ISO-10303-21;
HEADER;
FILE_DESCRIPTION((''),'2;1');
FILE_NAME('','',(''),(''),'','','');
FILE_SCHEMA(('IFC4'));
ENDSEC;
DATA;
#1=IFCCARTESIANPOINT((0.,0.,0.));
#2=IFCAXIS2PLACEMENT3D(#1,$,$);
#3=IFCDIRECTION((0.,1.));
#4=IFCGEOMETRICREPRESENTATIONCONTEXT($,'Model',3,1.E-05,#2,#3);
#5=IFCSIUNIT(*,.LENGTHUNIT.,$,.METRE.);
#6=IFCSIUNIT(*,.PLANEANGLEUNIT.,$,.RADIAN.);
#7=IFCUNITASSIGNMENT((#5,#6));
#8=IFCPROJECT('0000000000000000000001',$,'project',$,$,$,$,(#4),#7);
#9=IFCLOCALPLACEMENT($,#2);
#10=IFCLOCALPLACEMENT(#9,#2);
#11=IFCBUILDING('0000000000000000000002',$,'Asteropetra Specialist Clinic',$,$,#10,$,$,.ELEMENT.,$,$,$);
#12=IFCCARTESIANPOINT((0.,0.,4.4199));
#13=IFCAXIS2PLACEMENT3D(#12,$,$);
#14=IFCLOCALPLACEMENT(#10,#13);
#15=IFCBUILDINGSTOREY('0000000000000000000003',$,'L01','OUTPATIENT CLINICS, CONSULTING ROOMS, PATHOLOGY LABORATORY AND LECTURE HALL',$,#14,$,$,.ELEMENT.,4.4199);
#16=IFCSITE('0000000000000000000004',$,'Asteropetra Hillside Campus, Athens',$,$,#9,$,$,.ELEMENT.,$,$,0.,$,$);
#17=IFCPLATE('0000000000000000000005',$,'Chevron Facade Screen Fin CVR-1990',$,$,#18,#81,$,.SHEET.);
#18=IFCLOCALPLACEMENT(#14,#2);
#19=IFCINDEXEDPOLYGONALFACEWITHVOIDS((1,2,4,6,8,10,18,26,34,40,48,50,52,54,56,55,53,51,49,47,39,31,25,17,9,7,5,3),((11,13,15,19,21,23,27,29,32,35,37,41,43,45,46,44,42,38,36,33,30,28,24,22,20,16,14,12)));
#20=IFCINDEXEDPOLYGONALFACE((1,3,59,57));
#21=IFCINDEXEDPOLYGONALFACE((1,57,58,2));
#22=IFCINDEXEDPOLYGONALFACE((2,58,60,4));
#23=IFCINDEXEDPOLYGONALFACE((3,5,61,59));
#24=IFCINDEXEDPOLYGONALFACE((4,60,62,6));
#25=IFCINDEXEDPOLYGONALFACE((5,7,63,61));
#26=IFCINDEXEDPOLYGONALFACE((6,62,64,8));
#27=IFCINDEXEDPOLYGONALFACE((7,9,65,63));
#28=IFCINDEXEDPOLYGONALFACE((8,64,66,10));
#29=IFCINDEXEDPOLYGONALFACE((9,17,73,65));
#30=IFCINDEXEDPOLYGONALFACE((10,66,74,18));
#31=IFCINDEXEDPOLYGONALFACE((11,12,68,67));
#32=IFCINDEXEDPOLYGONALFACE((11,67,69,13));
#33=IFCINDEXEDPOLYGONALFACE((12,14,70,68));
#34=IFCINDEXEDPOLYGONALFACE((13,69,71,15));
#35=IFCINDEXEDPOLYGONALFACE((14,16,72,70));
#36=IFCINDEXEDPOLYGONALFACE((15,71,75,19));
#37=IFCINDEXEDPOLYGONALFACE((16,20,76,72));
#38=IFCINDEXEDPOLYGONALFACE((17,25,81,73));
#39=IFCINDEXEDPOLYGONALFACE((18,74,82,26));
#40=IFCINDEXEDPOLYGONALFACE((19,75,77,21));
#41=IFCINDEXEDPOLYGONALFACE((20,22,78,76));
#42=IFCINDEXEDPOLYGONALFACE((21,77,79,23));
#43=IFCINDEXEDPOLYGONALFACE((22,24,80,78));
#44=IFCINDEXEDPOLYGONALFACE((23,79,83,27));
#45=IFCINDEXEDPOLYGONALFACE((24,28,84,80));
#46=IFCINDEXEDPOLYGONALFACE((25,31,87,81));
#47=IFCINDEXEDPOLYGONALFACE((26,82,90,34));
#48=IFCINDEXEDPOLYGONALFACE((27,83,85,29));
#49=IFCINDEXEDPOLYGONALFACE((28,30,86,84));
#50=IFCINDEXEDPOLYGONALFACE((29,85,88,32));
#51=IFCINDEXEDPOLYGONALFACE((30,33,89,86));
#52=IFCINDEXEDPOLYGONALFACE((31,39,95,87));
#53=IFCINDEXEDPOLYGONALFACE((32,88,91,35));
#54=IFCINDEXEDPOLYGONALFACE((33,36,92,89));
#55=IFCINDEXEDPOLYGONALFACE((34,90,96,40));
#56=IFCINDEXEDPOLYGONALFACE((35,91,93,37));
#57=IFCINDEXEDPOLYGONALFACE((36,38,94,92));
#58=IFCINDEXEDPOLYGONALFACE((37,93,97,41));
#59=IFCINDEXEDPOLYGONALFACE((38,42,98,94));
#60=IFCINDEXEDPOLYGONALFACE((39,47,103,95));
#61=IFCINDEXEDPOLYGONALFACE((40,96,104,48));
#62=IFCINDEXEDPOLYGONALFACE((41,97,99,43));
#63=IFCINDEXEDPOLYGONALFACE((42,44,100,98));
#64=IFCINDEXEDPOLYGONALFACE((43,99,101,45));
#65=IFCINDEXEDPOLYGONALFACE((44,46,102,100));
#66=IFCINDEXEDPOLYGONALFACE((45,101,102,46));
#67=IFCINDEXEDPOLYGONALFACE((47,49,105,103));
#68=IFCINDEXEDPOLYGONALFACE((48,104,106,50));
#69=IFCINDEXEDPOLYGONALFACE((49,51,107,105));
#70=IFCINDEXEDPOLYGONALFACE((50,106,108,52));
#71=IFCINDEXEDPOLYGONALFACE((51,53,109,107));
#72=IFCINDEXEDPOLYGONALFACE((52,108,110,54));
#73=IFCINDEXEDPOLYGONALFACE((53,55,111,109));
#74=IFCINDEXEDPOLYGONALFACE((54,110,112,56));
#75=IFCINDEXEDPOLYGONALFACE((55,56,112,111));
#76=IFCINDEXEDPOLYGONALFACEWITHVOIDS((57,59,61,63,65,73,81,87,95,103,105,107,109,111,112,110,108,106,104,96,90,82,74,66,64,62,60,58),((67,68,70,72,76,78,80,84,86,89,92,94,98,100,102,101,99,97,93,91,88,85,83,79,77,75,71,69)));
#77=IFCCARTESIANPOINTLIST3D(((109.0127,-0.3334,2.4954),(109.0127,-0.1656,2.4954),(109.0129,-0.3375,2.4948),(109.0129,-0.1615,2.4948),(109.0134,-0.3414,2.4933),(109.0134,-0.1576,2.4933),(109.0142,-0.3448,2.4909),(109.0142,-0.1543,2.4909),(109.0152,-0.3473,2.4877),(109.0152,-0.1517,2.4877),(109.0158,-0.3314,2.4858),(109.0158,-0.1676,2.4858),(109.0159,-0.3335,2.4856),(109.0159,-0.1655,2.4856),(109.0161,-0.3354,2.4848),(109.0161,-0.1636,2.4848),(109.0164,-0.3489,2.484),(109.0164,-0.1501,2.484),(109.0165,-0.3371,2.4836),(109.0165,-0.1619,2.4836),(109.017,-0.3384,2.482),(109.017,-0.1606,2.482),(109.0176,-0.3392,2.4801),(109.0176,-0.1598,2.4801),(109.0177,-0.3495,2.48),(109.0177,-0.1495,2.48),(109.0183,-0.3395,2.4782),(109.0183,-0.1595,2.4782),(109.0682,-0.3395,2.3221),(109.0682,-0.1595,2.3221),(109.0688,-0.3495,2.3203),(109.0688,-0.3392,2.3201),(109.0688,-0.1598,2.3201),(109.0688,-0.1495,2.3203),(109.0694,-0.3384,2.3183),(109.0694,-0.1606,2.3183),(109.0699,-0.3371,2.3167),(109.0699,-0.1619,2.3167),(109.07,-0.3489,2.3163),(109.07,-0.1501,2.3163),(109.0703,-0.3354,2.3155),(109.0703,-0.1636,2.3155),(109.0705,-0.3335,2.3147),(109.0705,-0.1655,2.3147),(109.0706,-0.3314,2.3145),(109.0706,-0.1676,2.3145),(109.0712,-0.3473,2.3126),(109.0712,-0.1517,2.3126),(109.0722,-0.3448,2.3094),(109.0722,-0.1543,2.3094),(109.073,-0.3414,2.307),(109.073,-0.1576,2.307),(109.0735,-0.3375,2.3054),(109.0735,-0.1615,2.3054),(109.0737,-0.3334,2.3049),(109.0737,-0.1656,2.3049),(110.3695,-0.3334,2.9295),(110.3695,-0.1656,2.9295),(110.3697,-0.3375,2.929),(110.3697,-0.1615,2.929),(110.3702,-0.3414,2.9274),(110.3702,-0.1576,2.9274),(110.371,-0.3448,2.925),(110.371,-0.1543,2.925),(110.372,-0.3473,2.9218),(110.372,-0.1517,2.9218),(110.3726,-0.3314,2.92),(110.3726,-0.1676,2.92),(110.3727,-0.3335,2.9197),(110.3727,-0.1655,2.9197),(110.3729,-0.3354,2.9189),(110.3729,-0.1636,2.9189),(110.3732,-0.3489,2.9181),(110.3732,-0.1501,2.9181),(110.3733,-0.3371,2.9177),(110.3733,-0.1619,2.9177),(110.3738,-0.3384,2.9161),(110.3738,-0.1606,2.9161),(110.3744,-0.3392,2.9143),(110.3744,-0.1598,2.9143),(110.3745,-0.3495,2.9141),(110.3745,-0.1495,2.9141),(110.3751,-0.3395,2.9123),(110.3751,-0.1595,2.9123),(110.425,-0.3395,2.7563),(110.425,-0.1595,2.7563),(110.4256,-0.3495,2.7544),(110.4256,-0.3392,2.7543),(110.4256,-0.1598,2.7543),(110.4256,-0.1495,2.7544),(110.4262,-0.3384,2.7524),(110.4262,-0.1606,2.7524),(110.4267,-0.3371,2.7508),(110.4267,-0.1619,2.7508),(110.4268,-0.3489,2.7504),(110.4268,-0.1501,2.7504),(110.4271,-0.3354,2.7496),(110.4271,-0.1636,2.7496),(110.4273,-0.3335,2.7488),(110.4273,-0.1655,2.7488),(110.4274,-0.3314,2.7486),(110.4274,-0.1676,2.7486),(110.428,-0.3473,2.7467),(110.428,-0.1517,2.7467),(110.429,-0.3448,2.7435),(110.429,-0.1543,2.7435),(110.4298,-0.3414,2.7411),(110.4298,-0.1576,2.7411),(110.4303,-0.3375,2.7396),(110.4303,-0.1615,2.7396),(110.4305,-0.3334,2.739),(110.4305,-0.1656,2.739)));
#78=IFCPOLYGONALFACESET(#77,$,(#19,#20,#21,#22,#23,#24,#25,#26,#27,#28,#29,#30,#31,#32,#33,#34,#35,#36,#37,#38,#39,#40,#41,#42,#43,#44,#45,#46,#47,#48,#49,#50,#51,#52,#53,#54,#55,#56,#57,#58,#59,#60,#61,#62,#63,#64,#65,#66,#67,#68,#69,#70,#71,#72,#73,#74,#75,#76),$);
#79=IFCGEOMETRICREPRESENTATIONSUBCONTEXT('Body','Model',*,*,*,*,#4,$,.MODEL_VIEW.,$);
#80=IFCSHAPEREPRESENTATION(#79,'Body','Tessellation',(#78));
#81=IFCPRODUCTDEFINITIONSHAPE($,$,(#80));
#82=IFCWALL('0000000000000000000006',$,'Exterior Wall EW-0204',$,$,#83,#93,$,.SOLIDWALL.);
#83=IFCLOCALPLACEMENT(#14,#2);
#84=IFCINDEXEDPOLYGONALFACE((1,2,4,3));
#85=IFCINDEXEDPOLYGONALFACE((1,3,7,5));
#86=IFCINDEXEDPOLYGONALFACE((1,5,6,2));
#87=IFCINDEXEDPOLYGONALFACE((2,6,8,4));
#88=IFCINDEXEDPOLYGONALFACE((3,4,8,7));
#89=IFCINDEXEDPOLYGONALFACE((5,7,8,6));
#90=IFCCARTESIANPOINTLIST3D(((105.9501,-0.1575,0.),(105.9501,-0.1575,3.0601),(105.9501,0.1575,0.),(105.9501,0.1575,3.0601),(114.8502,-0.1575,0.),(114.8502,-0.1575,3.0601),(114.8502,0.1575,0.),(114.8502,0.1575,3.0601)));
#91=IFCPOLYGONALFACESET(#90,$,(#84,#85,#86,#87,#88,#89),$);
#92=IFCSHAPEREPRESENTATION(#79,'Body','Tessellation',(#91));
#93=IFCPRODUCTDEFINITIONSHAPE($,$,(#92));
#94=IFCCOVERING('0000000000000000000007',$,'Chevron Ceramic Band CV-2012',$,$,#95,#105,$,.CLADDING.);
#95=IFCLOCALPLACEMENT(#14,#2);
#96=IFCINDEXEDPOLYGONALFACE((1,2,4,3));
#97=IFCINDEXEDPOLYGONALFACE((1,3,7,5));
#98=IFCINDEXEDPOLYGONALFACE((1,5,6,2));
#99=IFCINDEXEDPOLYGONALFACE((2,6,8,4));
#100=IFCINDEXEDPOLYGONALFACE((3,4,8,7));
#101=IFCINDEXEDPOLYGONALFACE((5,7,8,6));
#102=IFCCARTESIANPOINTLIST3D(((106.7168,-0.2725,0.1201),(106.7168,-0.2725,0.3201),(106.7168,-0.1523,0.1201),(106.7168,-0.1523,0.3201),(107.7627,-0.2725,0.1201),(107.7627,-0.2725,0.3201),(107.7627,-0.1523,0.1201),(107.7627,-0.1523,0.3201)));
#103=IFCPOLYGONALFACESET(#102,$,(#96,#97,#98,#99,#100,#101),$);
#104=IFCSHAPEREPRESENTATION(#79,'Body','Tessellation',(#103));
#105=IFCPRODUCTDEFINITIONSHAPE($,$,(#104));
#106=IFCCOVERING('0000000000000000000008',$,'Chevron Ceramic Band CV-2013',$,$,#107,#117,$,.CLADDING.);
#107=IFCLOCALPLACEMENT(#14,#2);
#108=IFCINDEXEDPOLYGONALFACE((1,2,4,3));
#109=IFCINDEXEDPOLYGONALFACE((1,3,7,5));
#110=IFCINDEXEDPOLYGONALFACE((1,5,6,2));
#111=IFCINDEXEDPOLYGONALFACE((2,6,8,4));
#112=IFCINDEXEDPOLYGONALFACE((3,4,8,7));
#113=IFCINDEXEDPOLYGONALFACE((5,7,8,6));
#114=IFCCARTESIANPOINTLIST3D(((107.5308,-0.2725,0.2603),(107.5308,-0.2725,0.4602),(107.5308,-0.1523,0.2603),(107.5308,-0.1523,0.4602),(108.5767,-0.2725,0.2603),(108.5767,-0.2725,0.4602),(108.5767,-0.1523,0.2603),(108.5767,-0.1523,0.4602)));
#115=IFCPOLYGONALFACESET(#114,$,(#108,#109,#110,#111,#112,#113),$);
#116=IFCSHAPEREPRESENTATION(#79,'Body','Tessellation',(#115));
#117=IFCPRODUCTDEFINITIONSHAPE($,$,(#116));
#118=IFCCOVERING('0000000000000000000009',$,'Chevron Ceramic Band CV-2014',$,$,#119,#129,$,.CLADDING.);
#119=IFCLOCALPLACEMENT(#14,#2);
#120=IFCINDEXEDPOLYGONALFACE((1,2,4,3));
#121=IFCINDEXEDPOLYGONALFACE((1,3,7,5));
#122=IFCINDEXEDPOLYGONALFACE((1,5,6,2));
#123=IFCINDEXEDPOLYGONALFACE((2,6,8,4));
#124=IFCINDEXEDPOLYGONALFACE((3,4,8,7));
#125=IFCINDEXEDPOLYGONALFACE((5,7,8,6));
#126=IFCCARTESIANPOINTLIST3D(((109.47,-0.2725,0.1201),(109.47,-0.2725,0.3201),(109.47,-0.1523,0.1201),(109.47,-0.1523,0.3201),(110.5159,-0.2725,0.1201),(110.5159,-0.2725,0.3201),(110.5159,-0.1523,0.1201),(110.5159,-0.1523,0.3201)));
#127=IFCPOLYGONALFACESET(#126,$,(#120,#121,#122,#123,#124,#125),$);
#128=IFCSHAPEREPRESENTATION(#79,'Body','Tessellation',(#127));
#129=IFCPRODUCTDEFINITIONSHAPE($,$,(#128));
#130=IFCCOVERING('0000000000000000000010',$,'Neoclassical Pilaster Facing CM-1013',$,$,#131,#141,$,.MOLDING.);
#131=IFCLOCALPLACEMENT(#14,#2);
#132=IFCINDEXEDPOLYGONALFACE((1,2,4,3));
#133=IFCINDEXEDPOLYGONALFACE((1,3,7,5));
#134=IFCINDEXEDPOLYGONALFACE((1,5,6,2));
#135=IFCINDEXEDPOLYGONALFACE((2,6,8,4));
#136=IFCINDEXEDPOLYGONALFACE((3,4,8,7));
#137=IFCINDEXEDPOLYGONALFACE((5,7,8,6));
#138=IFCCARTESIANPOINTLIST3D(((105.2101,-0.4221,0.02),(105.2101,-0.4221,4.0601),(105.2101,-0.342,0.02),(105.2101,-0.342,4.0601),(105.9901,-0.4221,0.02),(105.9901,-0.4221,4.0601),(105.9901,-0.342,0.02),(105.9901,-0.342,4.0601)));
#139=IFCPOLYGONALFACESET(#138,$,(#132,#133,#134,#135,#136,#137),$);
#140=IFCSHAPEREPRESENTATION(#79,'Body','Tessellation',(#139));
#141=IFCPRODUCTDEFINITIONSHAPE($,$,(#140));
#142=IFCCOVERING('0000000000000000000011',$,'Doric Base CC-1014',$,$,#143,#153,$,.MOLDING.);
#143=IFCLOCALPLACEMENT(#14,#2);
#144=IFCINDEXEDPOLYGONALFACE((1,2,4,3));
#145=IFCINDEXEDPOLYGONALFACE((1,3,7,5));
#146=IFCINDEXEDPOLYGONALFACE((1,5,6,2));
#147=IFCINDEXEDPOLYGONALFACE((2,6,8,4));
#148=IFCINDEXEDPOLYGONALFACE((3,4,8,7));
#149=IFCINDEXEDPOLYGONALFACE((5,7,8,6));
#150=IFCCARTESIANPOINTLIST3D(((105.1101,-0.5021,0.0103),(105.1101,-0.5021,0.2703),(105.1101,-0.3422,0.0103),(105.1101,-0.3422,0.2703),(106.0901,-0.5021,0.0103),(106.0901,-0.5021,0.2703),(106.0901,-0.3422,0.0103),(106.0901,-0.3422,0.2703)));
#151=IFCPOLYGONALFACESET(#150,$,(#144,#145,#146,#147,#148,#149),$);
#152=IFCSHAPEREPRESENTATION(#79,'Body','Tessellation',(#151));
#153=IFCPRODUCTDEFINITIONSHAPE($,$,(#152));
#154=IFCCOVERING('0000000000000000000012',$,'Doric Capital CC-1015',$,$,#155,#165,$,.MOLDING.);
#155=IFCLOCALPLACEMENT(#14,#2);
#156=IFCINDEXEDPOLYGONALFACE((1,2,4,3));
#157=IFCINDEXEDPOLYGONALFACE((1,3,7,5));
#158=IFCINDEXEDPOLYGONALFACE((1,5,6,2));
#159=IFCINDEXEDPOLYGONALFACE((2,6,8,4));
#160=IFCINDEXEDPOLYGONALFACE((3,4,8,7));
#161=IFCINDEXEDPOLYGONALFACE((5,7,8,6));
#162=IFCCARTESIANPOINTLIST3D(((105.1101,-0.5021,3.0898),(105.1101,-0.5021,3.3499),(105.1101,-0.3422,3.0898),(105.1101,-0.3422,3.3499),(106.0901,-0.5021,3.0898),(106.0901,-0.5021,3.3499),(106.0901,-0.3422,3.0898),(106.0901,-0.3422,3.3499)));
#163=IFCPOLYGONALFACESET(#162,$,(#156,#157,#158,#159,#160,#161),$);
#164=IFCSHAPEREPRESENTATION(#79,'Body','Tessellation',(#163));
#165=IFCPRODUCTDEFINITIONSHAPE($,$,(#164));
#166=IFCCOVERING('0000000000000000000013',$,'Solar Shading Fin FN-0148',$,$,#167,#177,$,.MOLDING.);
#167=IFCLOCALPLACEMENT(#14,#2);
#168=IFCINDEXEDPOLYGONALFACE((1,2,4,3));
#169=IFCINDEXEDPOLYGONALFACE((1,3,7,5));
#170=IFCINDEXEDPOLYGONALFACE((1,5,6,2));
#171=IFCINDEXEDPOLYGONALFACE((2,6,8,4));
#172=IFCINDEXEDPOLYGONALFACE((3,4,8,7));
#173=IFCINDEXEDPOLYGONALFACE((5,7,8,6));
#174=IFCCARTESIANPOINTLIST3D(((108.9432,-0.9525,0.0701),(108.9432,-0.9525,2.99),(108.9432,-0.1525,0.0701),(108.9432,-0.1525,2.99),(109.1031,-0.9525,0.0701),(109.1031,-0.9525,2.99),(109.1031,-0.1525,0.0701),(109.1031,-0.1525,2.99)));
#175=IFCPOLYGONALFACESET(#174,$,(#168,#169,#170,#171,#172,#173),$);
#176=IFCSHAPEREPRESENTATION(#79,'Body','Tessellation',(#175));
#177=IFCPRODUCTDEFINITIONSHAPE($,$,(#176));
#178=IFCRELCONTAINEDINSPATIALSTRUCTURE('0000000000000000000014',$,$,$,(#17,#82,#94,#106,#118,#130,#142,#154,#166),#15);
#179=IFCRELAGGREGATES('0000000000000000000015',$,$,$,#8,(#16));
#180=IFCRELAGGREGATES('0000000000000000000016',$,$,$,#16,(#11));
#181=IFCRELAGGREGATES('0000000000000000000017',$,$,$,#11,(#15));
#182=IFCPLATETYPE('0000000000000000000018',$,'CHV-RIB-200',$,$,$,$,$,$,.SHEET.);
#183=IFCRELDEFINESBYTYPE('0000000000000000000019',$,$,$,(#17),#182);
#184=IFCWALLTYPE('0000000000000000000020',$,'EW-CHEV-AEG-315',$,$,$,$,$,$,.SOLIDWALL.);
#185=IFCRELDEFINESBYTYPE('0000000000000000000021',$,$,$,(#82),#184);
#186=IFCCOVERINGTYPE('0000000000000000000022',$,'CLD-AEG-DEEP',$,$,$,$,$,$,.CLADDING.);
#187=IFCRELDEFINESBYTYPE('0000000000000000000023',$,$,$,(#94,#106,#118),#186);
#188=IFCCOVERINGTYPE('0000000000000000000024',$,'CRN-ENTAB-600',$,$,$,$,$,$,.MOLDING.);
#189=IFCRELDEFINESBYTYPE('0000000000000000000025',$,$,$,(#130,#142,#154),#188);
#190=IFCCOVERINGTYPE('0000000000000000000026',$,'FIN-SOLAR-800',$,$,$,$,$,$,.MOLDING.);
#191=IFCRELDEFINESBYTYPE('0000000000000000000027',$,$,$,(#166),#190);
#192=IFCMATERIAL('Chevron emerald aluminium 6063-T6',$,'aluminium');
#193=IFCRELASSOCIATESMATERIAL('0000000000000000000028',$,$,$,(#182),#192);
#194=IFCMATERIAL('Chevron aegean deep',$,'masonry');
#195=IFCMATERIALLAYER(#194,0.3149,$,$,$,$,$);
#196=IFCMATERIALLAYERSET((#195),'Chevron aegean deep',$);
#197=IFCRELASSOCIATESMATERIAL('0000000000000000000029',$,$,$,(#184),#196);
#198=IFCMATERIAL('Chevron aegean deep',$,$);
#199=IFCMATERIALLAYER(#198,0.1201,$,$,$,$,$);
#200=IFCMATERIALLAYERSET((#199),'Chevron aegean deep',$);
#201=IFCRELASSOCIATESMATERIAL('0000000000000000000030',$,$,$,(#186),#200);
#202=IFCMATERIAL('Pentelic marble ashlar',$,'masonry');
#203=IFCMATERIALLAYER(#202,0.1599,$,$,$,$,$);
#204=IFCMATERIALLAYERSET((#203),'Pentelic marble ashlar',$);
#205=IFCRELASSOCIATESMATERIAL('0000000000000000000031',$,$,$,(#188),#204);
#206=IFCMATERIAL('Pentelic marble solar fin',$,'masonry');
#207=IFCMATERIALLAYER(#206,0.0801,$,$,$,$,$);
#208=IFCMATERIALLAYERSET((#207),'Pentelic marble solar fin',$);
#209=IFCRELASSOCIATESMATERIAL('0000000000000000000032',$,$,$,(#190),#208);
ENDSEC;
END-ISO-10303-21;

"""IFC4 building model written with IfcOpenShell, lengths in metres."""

from ifc_helpers import new_model, si_unit, direction, frame, frame_2d, origin, origin_2d, place, context, subcontext, project, spatial, rectangle, hollow_rectangle, extrude, material, layer, layer_set, material_profile, profile_set, type_object, element, save


model = new_model("IFC4")

# Units and contexts
model_context = context("Model", 3, precision=1e-05, world=origin(), true_north=direction((0.0, 1.0)))
body_context = subcontext(model_context, "Body", "Model", "MODEL_VIEW")
ifc_project = project(units=[si_unit("LENGTHUNIT", "METRE"), si_unit("PLANEANGLEUNIT", "RADIAN")], contexts=[model_context])

# Site, building, storey
site_placement = place(None, origin())
site = spatial("IfcSite", under=ifc_project, at=site_placement, Name="Asteropetra Hillside Campus, Athens", CompositionType="ELEMENT", RefElevation=0.0)
building_placement = place(site_placement, origin())
building = spatial("IfcBuilding", under=site, at=building_placement, Name="Asteropetra Specialist Clinic", CompositionType="ELEMENT")
storey_placement = place(building_placement, frame((0.0, 0.0, 4.4199)))
storey = spatial("IfcBuildingStorey", under=building, at=storey_placement, Name="L01", Description="OUTPATIENT CLINICS, CONSULTING ROOMS, PATHOLOGY LABORATORY AND LECTURE HALL", CompositionType="ELEMENT", Elevation=4.4199)

# Plate
ifc_material_1 = material(Name="Chevron emerald aluminium 6063-T6", Category="aluminium")
ifc_material_profile_1 = material_profile(ifc_material_1, hollow_rectangle(XDim=0.2, YDim=0.2, WallThickness=0.01, InnerFilletRadius=0.0081, OuterFilletRadius=0.0161, at=origin_2d()), Name="SHS 200x200x10.0")
ifc_profile_set_1 = profile_set([ifc_material_profile_1], Name="Chevron emerald aluminium 6063-T6")
plate_type = type_object("IfcPlateType", Name="CHV-RIB-200", PredefinedType="SHEET", material=ifc_profile_set_1)
for number, where, z_axis, x_axis, name in (
    (1, (109.0432, -0.2495, 2.4001), (0.952436, 0.0, 0.304738), (0.0, 1.0, 0.0), "Chevron Facade Screen Fin CVR-1990"),
):
    element("IfcPlate", number, at=place(storey_placement, frame(where, z_axis=z_axis, x_axis=x_axis)), inside=storey, type_object=plate_type, Name=name, PredefinedType="SHEET", context=body_context, shape_type="SweptSolid", body=[
        extrude(hollow_rectangle(XDim=0.2, YDim=0.2, WallThickness=0.01, InnerFilletRadius=0.0081, OuterFilletRadius=0.0161, at=origin_2d()), origin(), (0.0, 0.0, 1.0), 1.4246),
    ])

# Wall
ifc_material_2 = material(Name="Chevron aegean deep", Category="masonry")
ifc_layer_1 = layer(ifc_material_2, 0.3149)
ifc_layer_set_1 = layer_set([ifc_layer_1], Name="Chevron aegean deep")
wall_type = type_object("IfcWallType", Name="EW-CHEV-AEG-315", PredefinedType="SOLIDWALL", material=ifc_layer_set_1)
wall_placement = place(storey_placement, frame((105.95, 0.0, 0.0), z_axis=(0.0, 0.0, 1.0), x_axis=(1.0, 0.0, 0.0)))
element("IfcWall", 2, at=wall_placement, inside=storey, type_object=wall_type, Name="Exterior Wall EW-0204", PredefinedType="SOLIDWALL", context=body_context, shape_type="SweptSolid", body=[
    extrude(rectangle(XDim=8.9001, YDim=0.3149, at=frame_2d((4.4502, 0.0))), origin(), (0.0, 0.0, 1.0), 3.0601),
])

# Coverings
ifc_material_3 = material(Name="Chevron aegean deep")
ifc_layer_2 = layer(ifc_material_3, 0.1201)
ifc_layer_set_2 = layer_set([ifc_layer_2], Name="Chevron aegean deep")
covering_type_1 = type_object("IfcCoveringType", Name="CLD-AEG-DEEP", PredefinedType="CLADDING", material=ifc_layer_set_2)
for number, where, z_axis, x_axis, name in (
    (3, (107.2397, -0.2124, 0.1201), (0.0, 0.0, 1.0), (1.0, 0.0, 0.0), "Chevron Ceramic Band CV-2012"),
    (4, (108.0537, -0.2124, 0.2603), (0.0, 0.0, 1.0), (1.0, 0.0, 0.0), "Chevron Ceramic Band CV-2013"),
    (5, (109.9929, -0.2124, 0.1201), (0.0, 0.0, 1.0), (1.0, 0.0, 0.0), "Chevron Ceramic Band CV-2014"),
):
    element("IfcCovering", number, at=place(storey_placement, frame(where, z_axis=z_axis, x_axis=x_axis)), inside=storey, type_object=covering_type_1, Name=name, PredefinedType="CLADDING", context=body_context, shape_type="SweptSolid", body=[
        extrude(rectangle(XDim=1.0459, YDim=0.1201, at=origin_2d()), origin(), (0.0, 0.0, 1.0), 0.2),
    ])
ifc_material_4 = material(Name="Pentelic marble ashlar", Category="masonry")
ifc_layer_3 = layer(ifc_material_4, 0.1599)
ifc_layer_set_3 = layer_set([ifc_layer_3], Name="Pentelic marble ashlar")
covering_type_2 = type_object("IfcCoveringType", Name="CRN-ENTAB-600", PredefinedType="MOLDING", material=ifc_layer_set_3)
covering_1_placement = place(storey_placement, frame((105.6001, -0.3821, 0.02), z_axis=(0.0, 0.0, 1.0), x_axis=(1.0, 0.0, 0.0)))
element("IfcCovering", 6, at=covering_1_placement, inside=storey, type_object=covering_type_2, Name="Neoclassical Pilaster Facing CM-1013", PredefinedType="MOLDING", context=body_context, shape_type="SweptSolid", body=[
    extrude(rectangle(XDim=0.78, YDim=0.0801, at=origin_2d()), origin(), (0.0, 0.0, 1.0), 4.04),
])
for number, where, z_axis, x_axis, name in (
    (7, (105.6001, -0.4221, 0.0103), (0.0, 0.0, 1.0), (1.0, 0.0, 0.0), "Doric Base CC-1014"),
    (8, (105.6001, -0.4221, 3.0898), (0.0, 0.0, 1.0), (1.0, 0.0, 0.0), "Doric Capital CC-1015"),
):
    element("IfcCovering", number, at=place(storey_placement, frame(where, z_axis=z_axis, x_axis=x_axis)), inside=storey, type_object=covering_type_2, Name=name, PredefinedType="MOLDING", context=body_context, shape_type="SweptSolid", body=[
        extrude(rectangle(XDim=0.98, YDim=0.1599, at=origin_2d()), origin(), (0.0, 0.0, 1.0), 0.26),
    ])
ifc_material_5 = material(Name="Pentelic marble solar fin", Category="masonry")
ifc_layer_4 = layer(ifc_material_5, 0.0801)
ifc_layer_set_4 = layer_set([ifc_layer_4], Name="Pentelic marble solar fin")
covering_type_3 = type_object("IfcCoveringType", Name="FIN-SOLAR-800", PredefinedType="MOLDING", material=ifc_layer_set_4)
covering_2_placement = place(storey_placement, frame((109.0232, -0.5525, 0.0701), z_axis=(0.0, 0.0, 1.0), x_axis=(1.0, 0.0, 0.0)))
element("IfcCovering", 9, at=covering_2_placement, inside=storey, type_object=covering_type_3, Name="Solar Shading Fin FN-0148", PredefinedType="MOLDING", context=body_context, shape_type="SweptSolid", body=[
    extrude(rectangle(XDim=0.1599, YDim=0.8, at=origin_2d()), origin(), (0.0, 0.0, 1.0), 2.9199),
])

save(model, "model.ifc")
